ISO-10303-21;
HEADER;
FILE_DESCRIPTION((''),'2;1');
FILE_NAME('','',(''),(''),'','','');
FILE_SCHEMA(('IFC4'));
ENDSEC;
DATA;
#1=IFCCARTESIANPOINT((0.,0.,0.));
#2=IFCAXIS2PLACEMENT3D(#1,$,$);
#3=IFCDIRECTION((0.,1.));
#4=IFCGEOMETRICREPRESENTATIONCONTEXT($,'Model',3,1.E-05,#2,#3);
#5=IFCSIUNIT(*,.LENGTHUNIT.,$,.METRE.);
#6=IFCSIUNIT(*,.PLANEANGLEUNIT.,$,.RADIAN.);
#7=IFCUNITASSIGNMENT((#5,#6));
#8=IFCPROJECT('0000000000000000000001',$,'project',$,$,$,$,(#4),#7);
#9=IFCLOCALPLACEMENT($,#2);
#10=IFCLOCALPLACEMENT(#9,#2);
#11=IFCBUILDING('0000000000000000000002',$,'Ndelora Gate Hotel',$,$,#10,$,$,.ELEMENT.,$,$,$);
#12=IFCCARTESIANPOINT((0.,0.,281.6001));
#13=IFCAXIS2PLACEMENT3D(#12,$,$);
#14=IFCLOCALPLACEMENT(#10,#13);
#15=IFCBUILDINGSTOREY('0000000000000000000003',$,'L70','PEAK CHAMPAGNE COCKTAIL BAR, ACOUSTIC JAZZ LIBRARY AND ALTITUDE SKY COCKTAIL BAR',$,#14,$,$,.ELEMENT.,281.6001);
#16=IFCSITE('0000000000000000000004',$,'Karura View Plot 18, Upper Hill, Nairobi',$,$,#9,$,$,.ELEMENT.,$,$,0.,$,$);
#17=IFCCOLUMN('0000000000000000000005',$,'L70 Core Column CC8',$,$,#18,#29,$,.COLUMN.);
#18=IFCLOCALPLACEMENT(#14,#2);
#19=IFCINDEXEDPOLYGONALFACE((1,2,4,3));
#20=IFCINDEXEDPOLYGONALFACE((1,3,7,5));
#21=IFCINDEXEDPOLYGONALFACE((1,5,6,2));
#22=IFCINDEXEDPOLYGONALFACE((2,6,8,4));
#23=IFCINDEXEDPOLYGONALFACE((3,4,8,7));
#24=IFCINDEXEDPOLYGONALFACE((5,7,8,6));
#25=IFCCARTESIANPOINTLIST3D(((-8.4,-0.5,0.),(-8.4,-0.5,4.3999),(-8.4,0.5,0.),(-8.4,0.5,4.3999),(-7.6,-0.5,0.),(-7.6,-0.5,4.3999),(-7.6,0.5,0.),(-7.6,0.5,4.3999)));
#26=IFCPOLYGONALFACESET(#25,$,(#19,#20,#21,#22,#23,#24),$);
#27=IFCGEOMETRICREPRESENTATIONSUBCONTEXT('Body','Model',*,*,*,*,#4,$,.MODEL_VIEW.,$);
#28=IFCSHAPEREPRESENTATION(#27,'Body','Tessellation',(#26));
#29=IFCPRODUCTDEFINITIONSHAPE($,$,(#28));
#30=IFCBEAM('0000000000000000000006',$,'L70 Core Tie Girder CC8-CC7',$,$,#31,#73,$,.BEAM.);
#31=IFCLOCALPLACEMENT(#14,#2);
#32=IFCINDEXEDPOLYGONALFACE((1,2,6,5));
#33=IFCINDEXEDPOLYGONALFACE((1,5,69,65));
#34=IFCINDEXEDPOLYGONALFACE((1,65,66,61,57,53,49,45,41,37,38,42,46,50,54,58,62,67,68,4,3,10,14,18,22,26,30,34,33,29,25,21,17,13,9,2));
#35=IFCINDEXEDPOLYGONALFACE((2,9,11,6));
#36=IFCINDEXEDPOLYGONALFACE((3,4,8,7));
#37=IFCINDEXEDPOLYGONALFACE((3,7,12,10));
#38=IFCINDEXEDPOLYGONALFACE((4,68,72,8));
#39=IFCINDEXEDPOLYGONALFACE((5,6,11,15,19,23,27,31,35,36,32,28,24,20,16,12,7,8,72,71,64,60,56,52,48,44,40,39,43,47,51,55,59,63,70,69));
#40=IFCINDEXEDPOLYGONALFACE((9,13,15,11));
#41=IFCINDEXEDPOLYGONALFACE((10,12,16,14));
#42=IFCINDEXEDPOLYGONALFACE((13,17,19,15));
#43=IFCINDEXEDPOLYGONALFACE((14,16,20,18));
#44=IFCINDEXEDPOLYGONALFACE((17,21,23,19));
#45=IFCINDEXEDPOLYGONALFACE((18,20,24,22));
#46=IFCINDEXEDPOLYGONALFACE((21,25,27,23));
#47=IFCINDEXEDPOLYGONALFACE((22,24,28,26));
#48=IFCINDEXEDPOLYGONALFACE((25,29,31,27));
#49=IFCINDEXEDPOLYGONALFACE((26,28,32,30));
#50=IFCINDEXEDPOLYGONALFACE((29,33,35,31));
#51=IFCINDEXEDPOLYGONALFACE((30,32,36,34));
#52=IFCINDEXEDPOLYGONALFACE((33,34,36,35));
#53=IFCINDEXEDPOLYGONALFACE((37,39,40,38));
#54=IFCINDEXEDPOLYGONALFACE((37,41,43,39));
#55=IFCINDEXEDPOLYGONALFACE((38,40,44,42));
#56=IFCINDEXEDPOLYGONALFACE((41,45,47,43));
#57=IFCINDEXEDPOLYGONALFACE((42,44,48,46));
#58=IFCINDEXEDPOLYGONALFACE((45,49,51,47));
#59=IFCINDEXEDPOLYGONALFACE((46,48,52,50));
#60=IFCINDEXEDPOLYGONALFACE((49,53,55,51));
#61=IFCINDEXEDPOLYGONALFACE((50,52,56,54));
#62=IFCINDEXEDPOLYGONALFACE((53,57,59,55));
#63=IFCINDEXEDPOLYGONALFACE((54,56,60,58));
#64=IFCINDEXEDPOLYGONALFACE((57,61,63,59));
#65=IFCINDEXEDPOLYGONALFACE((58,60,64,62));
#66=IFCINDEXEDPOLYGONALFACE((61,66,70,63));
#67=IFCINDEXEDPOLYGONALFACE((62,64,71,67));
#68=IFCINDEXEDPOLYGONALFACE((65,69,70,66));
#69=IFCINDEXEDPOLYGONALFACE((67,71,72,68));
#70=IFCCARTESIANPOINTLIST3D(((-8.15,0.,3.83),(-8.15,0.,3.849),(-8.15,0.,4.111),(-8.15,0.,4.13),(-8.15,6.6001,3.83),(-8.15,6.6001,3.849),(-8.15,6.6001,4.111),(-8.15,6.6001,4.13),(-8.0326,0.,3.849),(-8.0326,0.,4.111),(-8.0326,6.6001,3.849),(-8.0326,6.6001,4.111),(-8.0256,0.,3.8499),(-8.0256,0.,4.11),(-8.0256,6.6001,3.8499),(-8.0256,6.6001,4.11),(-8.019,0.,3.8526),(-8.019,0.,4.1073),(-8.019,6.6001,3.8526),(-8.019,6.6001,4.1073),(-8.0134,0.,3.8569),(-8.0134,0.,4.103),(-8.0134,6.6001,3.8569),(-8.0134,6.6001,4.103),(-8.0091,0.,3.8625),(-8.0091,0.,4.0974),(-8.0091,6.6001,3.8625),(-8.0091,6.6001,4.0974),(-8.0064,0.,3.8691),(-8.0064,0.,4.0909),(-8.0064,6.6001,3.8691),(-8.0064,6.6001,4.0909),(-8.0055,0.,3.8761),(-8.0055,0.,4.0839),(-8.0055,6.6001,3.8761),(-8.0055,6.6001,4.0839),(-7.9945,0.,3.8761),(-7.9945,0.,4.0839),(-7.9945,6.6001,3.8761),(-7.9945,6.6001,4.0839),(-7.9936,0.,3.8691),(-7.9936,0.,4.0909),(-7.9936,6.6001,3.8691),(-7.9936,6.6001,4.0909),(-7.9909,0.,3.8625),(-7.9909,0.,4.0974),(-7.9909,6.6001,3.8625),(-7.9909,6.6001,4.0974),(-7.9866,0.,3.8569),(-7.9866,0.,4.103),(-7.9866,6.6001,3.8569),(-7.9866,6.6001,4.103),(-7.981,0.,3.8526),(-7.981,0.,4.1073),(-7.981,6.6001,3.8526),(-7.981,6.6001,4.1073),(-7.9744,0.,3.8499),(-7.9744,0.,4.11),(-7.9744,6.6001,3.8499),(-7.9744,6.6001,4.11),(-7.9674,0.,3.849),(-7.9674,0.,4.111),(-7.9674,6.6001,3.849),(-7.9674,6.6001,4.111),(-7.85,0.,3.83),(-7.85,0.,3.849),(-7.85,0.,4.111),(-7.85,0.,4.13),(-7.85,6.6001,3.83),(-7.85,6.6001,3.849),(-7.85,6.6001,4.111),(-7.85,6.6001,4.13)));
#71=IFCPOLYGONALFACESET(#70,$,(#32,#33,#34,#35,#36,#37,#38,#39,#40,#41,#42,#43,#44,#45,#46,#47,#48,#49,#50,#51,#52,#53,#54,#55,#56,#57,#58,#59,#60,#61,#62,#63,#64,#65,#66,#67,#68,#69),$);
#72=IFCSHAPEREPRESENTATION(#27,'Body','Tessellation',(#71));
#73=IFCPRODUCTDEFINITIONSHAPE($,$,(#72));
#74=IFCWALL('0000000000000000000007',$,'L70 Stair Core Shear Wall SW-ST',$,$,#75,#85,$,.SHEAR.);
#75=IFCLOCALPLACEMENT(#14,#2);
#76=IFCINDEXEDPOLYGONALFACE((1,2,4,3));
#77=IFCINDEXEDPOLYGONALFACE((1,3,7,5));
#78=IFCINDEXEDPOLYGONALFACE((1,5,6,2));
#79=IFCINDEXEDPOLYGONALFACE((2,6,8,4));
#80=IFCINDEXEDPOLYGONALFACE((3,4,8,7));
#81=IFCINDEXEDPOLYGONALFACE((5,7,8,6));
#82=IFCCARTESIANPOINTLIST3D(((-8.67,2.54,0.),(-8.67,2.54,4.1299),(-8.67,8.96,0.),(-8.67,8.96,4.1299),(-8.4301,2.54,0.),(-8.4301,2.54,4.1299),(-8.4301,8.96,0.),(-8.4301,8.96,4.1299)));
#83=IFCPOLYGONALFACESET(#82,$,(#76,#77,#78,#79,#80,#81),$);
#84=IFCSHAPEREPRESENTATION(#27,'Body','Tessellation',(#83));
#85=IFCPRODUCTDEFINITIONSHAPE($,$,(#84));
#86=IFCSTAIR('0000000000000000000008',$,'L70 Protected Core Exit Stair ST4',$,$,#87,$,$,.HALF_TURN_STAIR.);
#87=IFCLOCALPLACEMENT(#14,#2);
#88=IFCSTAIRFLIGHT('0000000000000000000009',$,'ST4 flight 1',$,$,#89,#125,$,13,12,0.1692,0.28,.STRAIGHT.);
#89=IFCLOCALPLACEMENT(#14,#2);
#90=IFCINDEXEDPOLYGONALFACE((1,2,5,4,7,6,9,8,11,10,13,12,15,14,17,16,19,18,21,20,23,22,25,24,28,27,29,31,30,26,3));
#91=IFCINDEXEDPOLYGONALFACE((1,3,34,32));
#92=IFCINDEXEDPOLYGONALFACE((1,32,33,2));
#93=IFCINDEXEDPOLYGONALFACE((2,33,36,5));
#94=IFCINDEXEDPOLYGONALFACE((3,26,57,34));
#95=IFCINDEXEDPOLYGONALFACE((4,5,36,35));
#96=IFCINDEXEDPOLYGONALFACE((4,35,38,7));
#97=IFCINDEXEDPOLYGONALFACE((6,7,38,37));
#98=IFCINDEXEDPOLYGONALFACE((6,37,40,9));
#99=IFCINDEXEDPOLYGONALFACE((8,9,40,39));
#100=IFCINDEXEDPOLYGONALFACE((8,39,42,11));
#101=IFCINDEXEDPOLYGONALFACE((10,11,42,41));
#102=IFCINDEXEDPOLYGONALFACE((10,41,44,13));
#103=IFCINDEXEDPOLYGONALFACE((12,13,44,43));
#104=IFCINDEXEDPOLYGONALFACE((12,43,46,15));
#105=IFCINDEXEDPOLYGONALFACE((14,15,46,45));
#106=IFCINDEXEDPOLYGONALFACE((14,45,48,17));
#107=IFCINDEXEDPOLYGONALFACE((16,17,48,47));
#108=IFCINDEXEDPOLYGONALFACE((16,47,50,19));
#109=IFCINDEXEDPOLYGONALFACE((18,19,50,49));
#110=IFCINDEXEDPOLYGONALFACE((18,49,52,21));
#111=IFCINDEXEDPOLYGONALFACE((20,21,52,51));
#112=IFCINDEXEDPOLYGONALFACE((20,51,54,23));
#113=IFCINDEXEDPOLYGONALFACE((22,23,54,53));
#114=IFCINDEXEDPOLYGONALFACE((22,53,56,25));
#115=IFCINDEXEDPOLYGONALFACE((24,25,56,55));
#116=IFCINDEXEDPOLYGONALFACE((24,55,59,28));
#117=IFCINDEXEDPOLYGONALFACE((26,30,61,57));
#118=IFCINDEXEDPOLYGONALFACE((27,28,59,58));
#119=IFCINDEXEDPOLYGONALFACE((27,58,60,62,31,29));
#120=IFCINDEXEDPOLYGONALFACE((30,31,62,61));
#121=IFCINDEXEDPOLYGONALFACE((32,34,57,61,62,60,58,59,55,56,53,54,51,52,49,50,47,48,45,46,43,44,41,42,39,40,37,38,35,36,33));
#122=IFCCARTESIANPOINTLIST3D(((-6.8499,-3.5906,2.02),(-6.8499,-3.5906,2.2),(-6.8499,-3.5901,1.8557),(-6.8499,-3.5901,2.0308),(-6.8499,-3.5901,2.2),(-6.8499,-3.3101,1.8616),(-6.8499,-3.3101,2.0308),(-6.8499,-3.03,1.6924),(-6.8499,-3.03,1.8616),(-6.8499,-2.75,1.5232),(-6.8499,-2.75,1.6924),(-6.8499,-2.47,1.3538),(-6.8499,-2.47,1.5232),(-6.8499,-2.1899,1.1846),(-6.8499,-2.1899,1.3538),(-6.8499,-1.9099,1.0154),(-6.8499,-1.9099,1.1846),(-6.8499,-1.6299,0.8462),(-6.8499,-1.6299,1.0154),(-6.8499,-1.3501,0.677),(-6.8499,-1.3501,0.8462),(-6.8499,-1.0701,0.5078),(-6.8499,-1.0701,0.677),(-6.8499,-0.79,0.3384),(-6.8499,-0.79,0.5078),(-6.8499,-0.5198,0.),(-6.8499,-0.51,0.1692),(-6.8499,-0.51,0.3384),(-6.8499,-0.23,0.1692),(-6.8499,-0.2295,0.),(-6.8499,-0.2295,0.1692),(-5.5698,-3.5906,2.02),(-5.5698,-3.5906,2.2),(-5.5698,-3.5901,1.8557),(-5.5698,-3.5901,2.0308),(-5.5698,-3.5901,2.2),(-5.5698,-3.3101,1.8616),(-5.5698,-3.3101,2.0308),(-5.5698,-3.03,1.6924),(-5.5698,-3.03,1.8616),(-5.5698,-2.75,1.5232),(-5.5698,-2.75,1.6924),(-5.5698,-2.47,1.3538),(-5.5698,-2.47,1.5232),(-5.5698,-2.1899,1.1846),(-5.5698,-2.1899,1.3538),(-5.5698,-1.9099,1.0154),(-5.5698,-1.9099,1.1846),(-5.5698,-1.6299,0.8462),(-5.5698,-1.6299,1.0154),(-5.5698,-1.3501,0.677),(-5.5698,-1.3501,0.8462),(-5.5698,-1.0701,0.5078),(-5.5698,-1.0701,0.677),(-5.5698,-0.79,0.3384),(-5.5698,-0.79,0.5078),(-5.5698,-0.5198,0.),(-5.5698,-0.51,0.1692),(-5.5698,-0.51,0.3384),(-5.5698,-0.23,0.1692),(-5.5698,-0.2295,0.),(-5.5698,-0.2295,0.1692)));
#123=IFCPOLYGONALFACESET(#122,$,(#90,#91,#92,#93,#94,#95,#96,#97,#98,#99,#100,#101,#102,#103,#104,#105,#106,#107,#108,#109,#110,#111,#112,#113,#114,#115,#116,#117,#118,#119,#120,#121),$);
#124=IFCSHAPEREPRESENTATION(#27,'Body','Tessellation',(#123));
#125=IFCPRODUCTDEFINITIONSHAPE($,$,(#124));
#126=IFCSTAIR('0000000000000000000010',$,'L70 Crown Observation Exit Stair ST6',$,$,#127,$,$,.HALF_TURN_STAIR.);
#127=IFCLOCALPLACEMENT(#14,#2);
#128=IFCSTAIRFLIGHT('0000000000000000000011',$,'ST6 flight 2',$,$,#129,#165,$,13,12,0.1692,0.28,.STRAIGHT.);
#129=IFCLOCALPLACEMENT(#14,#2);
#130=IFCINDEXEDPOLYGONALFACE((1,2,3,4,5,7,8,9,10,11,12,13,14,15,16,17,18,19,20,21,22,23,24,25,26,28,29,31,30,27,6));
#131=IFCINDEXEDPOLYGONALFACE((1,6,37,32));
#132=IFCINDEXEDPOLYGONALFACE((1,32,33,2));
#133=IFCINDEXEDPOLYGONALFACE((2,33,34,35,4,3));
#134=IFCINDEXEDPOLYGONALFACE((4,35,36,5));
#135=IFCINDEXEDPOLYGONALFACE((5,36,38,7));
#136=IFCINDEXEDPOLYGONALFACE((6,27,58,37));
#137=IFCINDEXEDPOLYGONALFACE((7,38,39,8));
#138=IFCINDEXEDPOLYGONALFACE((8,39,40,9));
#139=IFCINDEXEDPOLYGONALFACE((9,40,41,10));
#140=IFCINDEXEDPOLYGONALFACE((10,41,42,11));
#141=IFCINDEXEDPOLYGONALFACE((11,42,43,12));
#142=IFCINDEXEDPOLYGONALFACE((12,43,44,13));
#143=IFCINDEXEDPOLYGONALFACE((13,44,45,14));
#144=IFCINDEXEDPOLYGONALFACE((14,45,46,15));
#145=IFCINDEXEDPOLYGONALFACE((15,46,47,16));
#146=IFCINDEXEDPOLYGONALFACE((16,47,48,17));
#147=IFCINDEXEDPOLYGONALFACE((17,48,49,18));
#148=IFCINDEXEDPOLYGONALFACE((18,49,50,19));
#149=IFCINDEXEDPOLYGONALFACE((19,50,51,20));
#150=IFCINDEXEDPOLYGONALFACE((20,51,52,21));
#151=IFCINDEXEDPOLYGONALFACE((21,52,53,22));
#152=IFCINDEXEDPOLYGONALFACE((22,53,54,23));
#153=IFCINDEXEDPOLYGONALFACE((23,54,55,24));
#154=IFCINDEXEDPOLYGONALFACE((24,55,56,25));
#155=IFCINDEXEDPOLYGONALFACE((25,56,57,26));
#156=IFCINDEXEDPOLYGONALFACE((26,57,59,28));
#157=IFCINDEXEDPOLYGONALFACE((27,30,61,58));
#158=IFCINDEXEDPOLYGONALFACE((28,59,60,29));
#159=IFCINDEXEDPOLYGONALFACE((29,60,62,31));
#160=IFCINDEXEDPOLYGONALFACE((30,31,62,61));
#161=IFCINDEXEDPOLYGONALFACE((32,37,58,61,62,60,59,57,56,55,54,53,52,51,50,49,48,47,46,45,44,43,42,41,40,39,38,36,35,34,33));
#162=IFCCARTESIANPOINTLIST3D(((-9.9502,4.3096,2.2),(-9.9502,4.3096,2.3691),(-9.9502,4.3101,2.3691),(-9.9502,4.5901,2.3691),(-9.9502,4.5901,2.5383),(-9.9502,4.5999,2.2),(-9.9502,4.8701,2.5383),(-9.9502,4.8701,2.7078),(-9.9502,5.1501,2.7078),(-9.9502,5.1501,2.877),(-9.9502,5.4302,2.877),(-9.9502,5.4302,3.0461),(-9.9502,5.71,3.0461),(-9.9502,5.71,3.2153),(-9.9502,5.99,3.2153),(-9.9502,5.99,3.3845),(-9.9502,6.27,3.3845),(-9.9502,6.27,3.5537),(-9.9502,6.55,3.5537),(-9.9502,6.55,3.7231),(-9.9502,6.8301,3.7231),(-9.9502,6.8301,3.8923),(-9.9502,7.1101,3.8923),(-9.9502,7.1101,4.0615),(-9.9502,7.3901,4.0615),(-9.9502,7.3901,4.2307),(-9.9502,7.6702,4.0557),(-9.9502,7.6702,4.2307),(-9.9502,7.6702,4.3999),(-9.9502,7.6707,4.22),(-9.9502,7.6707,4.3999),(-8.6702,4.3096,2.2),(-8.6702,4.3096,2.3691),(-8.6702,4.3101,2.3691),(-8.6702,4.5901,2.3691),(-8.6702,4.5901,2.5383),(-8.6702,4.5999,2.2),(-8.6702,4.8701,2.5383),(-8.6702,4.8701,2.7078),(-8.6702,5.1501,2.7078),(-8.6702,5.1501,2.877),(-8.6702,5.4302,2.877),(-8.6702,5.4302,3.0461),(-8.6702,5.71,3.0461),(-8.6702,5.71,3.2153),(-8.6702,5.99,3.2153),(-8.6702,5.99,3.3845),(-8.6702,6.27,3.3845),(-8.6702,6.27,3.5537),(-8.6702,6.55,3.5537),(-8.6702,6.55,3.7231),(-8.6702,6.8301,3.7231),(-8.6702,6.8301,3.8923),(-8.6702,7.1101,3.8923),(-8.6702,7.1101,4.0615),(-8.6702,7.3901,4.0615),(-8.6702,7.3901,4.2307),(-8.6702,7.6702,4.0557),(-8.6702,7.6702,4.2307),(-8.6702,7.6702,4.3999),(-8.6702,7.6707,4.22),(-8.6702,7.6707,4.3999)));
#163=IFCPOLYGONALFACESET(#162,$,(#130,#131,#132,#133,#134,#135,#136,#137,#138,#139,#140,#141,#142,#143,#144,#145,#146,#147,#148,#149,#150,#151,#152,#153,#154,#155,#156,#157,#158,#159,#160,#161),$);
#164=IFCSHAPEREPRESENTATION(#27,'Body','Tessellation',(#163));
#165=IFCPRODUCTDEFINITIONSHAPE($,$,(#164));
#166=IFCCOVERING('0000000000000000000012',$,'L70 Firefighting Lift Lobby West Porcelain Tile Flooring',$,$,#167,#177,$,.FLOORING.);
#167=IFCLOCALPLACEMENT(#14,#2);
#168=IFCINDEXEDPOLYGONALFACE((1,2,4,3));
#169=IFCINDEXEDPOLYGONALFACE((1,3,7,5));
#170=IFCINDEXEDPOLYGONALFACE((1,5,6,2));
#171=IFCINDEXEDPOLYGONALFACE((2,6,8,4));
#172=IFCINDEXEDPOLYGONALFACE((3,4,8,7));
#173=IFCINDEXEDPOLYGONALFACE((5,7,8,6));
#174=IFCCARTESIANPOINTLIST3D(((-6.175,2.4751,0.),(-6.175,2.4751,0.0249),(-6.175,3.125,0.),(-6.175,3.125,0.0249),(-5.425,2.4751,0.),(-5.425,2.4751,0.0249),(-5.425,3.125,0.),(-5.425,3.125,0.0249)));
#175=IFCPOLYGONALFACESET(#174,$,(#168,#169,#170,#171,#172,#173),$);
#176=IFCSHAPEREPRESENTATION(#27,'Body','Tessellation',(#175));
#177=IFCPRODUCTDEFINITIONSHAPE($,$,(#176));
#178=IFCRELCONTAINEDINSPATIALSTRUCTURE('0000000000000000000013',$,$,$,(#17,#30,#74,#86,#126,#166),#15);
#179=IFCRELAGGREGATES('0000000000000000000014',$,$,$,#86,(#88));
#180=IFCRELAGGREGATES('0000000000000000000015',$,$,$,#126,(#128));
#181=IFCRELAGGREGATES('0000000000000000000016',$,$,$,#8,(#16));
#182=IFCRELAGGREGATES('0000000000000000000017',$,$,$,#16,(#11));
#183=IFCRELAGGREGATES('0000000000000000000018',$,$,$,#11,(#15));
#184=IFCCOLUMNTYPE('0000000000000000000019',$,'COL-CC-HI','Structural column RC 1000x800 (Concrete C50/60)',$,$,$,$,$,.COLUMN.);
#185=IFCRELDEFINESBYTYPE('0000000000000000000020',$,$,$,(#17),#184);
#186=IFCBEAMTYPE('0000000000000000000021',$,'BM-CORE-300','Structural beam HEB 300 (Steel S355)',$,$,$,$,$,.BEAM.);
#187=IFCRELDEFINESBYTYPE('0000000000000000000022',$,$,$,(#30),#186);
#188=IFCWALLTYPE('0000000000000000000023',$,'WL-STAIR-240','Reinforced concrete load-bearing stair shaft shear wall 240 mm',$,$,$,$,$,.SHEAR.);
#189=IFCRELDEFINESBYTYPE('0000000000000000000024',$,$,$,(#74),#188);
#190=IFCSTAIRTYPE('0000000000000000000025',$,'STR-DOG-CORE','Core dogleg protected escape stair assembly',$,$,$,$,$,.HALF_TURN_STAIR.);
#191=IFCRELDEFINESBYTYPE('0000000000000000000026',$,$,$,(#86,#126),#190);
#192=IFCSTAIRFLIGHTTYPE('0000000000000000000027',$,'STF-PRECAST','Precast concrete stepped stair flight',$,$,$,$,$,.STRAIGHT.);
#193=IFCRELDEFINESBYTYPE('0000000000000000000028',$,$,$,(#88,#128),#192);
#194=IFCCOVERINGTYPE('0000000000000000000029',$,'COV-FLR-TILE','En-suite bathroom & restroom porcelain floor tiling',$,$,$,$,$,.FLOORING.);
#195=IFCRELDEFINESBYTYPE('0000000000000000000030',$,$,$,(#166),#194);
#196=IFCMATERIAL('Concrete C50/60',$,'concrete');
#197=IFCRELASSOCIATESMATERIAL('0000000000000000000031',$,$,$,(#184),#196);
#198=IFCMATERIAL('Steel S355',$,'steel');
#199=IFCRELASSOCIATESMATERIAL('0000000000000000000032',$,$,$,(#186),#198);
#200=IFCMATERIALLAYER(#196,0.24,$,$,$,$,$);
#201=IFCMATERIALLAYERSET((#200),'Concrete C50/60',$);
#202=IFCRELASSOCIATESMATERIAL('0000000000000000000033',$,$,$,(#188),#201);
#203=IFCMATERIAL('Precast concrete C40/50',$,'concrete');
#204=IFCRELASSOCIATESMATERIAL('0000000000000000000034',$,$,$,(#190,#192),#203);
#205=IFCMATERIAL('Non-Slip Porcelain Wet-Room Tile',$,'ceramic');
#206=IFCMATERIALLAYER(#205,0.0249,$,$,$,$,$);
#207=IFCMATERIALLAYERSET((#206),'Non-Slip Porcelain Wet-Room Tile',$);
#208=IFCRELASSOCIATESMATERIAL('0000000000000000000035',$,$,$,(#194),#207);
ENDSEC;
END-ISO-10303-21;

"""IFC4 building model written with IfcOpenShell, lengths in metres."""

from ifc_helpers import new_model, si_unit, direction, frame, frame_2d, origin, origin_2d, place, context, subcontext, project, spatial, polyline, rectangle, i_section, outline, extrude, material, layer, layer_set, material_profile, profile_set, type_object, element, aggregate, save


model = new_model("IFC4")

# Units and contexts
model_context = context("Model", 3, precision=1e-05, world=origin(), true_north=direction((0.0, 1.0)))
body_context = subcontext(model_context, "Body", "Model", "MODEL_VIEW")
ifc_project = project(units=[si_unit("LENGTHUNIT", "METRE"), si_unit("PLANEANGLEUNIT", "RADIAN")], contexts=[model_context])

# Site, building, storey
site_placement = place(None, origin())
site = spatial("IfcSite", under=ifc_project, at=site_placement, Name="Karura View Plot 18, Upper Hill, Nairobi", CompositionType="ELEMENT", RefElevation=0.0)
building_placement = place(site_placement, origin())
building = spatial("IfcBuilding", under=site, at=building_placement, Name="Ndelora Gate Hotel", CompositionType="ELEMENT")
storey_placement = place(building_placement, frame((0.0, 0.0, 281.6001)))
storey = spatial("IfcBuildingStorey", under=building, at=storey_placement, Name="L70", Description="PEAK CHAMPAGNE COCKTAIL BAR, ACOUSTIC JAZZ LIBRARY AND ALTITUDE SKY COCKTAIL BAR", CompositionType="ELEMENT", Elevation=281.6001)

# Column
ifc_material_1 = material(Name="Concrete C50/60", Category="concrete")
ifc_material_profile_1 = material_profile(ifc_material_1, rectangle(XDim=0.8, YDim=1.0, at=origin_2d()), Name="RC 1000x800")
ifc_profile_set_1 = profile_set([ifc_material_profile_1], Name="Concrete C50/60")
column_type = type_object("IfcColumnType", Name="COL-CC-HI", Description="Structural column RC 1000x800 (Concrete C50/60)", PredefinedType="COLUMN", material=ifc_profile_set_1)
column_placement = place(storey_placement, frame((-8.0, 0.0, 0.0), z_axis=(0.0, 0.0, 1.0), x_axis=(1.0, 0.0, 0.0)))
element("IfcColumn", 1, at=column_placement, inside=storey, type_object=column_type, Name="L70 Core Column CC8", PredefinedType="COLUMN", context=body_context, shape_type="SweptSolid", body=[
    extrude(rectangle(XDim=0.8, YDim=1.0, at=origin_2d()), origin(), (0.0, 0.0, 1.0), 4.3999),
])

# Beam
ifc_material_2 = material(Name="Steel S355", Category="steel")
ifc_material_profile_2 = material_profile(ifc_material_2, i_section(OverallWidth=0.3, OverallDepth=0.3, WebThickness=0.011, FlangeThickness=0.019, FilletRadius=0.0271, at=origin_2d()), Name="HEB 300")
ifc_profile_set_2 = profile_set([ifc_material_profile_2], Name="Steel S355")
beam_type = type_object("IfcBeamType", Name="BM-CORE-300", Description="Structural beam HEB 300 (Steel S355)", PredefinedType="BEAM", material=ifc_profile_set_2)
beam_placement = place(storey_placement, frame((-8.0, 0.0, 3.98), z_axis=(0.0, 1.0, 0.0), x_axis=(-1.0, 0.0, 0.0)))
element("IfcBeam", 2, at=beam_placement, inside=storey, type_object=beam_type, Name="L70 Core Tie Girder CC8-CC7", PredefinedType="BEAM", context=body_context, shape_type="SweptSolid", body=[
    extrude(i_section(OverallWidth=0.3, OverallDepth=0.3, WebThickness=0.011, FlangeThickness=0.019, FilletRadius=0.0271, at=origin_2d()), origin(), (0.0, 0.0, 1.0), 6.6001),
])

# Shared definitions
ifc_layer_1 = layer(ifc_material_1, 0.24)
ifc_layer_set_1 = layer_set([ifc_layer_1], Name="Concrete C50/60")
wall_type_1 = type_object("IfcWallType", Name="WL-STAIR-240", Description="Reinforced concrete load-bearing stair shaft shear wall 240 mm", PredefinedType="SHEAR", material=ifc_layer_set_1)

# Wall
wall_1_placement = place(storey_placement, frame((-8.55, 2.54, 0.0), z_axis=(0.0, 0.0, 1.0), x_axis=(0.0, 1.0, 0.0)))
element("IfcWall", 3, at=wall_1_placement, inside=storey, type_object=wall_type_1, Name="L70 Stair Core Shear Wall SW-ST", PredefinedType="SHEAR", context=body_context, shape_type="SweptSolid", body=[
    extrude(rectangle(XDim=6.4199, YDim=0.24, at=frame_2d((3.21, 0.0))), origin(), (0.0, 0.0, 1.0), 4.1299),
])

# Stairs, stair flights
ifc_material_3 = material(Name="Precast concrete C40/50", Category="concrete")
stair_type = type_object("IfcStairType", Name="STR-DOG-CORE", Description="Core dogleg protected escape stair assembly", PredefinedType="HALF_TURN_STAIR", material=ifc_material_3)
stair_1_placement = place(storey_placement, origin())
stair_1 = element("IfcStair", 4, at=stair_1_placement, inside=storey, type_object=stair_type, Name="L70 Protected Core Exit Stair ST4", PredefinedType="HALF_TURN_STAIR")
stair_flight_type = type_object("IfcStairFlightType", Name="STF-PRECAST", Description="Precast concrete stepped stair flight", PredefinedType="STRAIGHT", material=ifc_material_3)
stair_flight_1_placement = place(storey_placement, frame((-6.21, -0.23, 0.0), z_axis=(0.0, 0.0, 1.0), x_axis=(0.0, -1.0, 0.0)))
stair_flight_1 = element("IfcStairFlight", 5, at=stair_flight_1_placement, type_object=stair_flight_type, Name="ST4 flight 1", NumberOfRisers=13, NumberOfTreads=12, PredefinedType="STRAIGHT", RiserHeight=0.1692, TreadLength=0.28, context=body_context, shape_type="SweptSolid", body=[
    extrude(outline(polyline([(-0.0005, 0.0), (-0.0005, 0.1692), (0.0, 0.1692), (0.28, 0.1692), (0.28, 0.3384), (0.5601, 0.3384), (0.5601, 0.5078), (0.8401, 0.5078), (0.8401, 0.677), (1.1201, 0.677), (1.1201, 0.8462), (1.3999, 0.8462), (1.3999, 1.0154), (1.6799, 1.0154), (1.6799, 1.1846), (1.96, 1.1846), (1.96, 1.3538), (2.24, 1.3538), (2.24, 1.5232), (2.52, 1.5232), (2.52, 1.6924), (2.8, 1.6924), (2.8, 1.8616), (3.0801, 1.8616), (3.0801, 2.0308), (3.3601, 2.0308), (3.3601, 2.2), (3.3606, 2.2), (3.3606, 2.02), (3.3601, 1.8557), (0.2898, 0.0), (-0.0005, 0.0)])), frame((0.0, 0.6401, 0.0), z_axis=(0.0, -1.0, 0.0), x_axis=(1.0, 0.0, 0.0)), (0.0, 0.0, 1.0), 1.28),
])
aggregate(stair_1, [stair_flight_1])
stair_2_placement = place(storey_placement, origin())
stair_2 = element("IfcStair", 6, at=stair_2_placement, inside=storey, type_object=stair_type, Name="L70 Crown Observation Exit Stair ST6", PredefinedType="HALF_TURN_STAIR")
stair_flight_2_placement = place(storey_placement, frame((-9.3101, 4.3101, 2.2), z_axis=(0.0, 0.0, 1.0), x_axis=(0.0, 1.0, 0.0)))
stair_flight_2 = element("IfcStairFlight", 7, at=stair_flight_2_placement, type_object=stair_flight_type, Name="ST6 flight 2", NumberOfRisers=13, NumberOfTreads=12, PredefinedType="STRAIGHT", RiserHeight=0.1692, TreadLength=0.28, context=body_context, shape_type="SweptSolid", body=[
    extrude(outline(polyline([(-0.0005, 0.0), (-0.0005, 0.1692), (0.0, 0.1692), (0.28, 0.1692), (0.28, 0.3384), (0.5601, 0.3384), (0.5601, 0.5078), (0.8401, 0.5078), (0.8401, 0.677), (1.1201, 0.677), (1.1201, 0.8462), (1.3999, 0.8462), (1.3999, 1.0154), (1.6799, 1.0154), (1.6799, 1.1846), (1.96, 1.1846), (1.96, 1.3538), (2.24, 1.3538), (2.24, 1.5232), (2.52, 1.5232), (2.52, 1.6924), (2.8, 1.6924), (2.8, 1.8616), (3.0801, 1.8616), (3.0801, 2.0308), (3.3601, 2.0308), (3.3601, 2.2), (3.3606, 2.2), (3.3606, 2.02), (3.3601, 1.8557), (0.2898, 0.0), (-0.0005, 0.0)])), frame((0.0, 0.6401, 0.0), z_axis=(0.0, -1.0, 0.0), x_axis=(1.0, 0.0, 0.0)), (0.0, 0.0, 1.0), 1.28),
])
aggregate(stair_2, [stair_flight_2])

# Covering
ifc_material_4 = material(Name="Non-Slip Porcelain Wet-Room Tile", Category="ceramic")
ifc_layer_2 = layer(ifc_material_4, 0.0249)
ifc_layer_set_2 = layer_set([ifc_layer_2], Name="Non-Slip Porcelain Wet-Room Tile")
covering_type = type_object("IfcCoveringType", Name="COV-FLR-TILE", Description="En-suite bathroom & restroom porcelain floor tiling", PredefinedType="FLOORING", material=ifc_layer_set_2)
covering_placement = place(storey_placement, frame((-5.8, 2.8, 0.0), z_axis=(0.0, 0.0, 1.0), x_axis=(1.0, 0.0, 0.0)))
element("IfcCovering", 8, at=covering_placement, inside=storey, type_object=covering_type, Name="L70 Firefighting Lift Lobby West Porcelain Tile Flooring", PredefinedType="FLOORING", context=body_context, shape_type="SweptSolid", body=[
    extrude(rectangle(XDim=0.75, YDim=0.6499, at=origin_2d()), origin(), (0.0, 0.0, 1.0), 0.0249),
])

save(model, "model.ifc")
